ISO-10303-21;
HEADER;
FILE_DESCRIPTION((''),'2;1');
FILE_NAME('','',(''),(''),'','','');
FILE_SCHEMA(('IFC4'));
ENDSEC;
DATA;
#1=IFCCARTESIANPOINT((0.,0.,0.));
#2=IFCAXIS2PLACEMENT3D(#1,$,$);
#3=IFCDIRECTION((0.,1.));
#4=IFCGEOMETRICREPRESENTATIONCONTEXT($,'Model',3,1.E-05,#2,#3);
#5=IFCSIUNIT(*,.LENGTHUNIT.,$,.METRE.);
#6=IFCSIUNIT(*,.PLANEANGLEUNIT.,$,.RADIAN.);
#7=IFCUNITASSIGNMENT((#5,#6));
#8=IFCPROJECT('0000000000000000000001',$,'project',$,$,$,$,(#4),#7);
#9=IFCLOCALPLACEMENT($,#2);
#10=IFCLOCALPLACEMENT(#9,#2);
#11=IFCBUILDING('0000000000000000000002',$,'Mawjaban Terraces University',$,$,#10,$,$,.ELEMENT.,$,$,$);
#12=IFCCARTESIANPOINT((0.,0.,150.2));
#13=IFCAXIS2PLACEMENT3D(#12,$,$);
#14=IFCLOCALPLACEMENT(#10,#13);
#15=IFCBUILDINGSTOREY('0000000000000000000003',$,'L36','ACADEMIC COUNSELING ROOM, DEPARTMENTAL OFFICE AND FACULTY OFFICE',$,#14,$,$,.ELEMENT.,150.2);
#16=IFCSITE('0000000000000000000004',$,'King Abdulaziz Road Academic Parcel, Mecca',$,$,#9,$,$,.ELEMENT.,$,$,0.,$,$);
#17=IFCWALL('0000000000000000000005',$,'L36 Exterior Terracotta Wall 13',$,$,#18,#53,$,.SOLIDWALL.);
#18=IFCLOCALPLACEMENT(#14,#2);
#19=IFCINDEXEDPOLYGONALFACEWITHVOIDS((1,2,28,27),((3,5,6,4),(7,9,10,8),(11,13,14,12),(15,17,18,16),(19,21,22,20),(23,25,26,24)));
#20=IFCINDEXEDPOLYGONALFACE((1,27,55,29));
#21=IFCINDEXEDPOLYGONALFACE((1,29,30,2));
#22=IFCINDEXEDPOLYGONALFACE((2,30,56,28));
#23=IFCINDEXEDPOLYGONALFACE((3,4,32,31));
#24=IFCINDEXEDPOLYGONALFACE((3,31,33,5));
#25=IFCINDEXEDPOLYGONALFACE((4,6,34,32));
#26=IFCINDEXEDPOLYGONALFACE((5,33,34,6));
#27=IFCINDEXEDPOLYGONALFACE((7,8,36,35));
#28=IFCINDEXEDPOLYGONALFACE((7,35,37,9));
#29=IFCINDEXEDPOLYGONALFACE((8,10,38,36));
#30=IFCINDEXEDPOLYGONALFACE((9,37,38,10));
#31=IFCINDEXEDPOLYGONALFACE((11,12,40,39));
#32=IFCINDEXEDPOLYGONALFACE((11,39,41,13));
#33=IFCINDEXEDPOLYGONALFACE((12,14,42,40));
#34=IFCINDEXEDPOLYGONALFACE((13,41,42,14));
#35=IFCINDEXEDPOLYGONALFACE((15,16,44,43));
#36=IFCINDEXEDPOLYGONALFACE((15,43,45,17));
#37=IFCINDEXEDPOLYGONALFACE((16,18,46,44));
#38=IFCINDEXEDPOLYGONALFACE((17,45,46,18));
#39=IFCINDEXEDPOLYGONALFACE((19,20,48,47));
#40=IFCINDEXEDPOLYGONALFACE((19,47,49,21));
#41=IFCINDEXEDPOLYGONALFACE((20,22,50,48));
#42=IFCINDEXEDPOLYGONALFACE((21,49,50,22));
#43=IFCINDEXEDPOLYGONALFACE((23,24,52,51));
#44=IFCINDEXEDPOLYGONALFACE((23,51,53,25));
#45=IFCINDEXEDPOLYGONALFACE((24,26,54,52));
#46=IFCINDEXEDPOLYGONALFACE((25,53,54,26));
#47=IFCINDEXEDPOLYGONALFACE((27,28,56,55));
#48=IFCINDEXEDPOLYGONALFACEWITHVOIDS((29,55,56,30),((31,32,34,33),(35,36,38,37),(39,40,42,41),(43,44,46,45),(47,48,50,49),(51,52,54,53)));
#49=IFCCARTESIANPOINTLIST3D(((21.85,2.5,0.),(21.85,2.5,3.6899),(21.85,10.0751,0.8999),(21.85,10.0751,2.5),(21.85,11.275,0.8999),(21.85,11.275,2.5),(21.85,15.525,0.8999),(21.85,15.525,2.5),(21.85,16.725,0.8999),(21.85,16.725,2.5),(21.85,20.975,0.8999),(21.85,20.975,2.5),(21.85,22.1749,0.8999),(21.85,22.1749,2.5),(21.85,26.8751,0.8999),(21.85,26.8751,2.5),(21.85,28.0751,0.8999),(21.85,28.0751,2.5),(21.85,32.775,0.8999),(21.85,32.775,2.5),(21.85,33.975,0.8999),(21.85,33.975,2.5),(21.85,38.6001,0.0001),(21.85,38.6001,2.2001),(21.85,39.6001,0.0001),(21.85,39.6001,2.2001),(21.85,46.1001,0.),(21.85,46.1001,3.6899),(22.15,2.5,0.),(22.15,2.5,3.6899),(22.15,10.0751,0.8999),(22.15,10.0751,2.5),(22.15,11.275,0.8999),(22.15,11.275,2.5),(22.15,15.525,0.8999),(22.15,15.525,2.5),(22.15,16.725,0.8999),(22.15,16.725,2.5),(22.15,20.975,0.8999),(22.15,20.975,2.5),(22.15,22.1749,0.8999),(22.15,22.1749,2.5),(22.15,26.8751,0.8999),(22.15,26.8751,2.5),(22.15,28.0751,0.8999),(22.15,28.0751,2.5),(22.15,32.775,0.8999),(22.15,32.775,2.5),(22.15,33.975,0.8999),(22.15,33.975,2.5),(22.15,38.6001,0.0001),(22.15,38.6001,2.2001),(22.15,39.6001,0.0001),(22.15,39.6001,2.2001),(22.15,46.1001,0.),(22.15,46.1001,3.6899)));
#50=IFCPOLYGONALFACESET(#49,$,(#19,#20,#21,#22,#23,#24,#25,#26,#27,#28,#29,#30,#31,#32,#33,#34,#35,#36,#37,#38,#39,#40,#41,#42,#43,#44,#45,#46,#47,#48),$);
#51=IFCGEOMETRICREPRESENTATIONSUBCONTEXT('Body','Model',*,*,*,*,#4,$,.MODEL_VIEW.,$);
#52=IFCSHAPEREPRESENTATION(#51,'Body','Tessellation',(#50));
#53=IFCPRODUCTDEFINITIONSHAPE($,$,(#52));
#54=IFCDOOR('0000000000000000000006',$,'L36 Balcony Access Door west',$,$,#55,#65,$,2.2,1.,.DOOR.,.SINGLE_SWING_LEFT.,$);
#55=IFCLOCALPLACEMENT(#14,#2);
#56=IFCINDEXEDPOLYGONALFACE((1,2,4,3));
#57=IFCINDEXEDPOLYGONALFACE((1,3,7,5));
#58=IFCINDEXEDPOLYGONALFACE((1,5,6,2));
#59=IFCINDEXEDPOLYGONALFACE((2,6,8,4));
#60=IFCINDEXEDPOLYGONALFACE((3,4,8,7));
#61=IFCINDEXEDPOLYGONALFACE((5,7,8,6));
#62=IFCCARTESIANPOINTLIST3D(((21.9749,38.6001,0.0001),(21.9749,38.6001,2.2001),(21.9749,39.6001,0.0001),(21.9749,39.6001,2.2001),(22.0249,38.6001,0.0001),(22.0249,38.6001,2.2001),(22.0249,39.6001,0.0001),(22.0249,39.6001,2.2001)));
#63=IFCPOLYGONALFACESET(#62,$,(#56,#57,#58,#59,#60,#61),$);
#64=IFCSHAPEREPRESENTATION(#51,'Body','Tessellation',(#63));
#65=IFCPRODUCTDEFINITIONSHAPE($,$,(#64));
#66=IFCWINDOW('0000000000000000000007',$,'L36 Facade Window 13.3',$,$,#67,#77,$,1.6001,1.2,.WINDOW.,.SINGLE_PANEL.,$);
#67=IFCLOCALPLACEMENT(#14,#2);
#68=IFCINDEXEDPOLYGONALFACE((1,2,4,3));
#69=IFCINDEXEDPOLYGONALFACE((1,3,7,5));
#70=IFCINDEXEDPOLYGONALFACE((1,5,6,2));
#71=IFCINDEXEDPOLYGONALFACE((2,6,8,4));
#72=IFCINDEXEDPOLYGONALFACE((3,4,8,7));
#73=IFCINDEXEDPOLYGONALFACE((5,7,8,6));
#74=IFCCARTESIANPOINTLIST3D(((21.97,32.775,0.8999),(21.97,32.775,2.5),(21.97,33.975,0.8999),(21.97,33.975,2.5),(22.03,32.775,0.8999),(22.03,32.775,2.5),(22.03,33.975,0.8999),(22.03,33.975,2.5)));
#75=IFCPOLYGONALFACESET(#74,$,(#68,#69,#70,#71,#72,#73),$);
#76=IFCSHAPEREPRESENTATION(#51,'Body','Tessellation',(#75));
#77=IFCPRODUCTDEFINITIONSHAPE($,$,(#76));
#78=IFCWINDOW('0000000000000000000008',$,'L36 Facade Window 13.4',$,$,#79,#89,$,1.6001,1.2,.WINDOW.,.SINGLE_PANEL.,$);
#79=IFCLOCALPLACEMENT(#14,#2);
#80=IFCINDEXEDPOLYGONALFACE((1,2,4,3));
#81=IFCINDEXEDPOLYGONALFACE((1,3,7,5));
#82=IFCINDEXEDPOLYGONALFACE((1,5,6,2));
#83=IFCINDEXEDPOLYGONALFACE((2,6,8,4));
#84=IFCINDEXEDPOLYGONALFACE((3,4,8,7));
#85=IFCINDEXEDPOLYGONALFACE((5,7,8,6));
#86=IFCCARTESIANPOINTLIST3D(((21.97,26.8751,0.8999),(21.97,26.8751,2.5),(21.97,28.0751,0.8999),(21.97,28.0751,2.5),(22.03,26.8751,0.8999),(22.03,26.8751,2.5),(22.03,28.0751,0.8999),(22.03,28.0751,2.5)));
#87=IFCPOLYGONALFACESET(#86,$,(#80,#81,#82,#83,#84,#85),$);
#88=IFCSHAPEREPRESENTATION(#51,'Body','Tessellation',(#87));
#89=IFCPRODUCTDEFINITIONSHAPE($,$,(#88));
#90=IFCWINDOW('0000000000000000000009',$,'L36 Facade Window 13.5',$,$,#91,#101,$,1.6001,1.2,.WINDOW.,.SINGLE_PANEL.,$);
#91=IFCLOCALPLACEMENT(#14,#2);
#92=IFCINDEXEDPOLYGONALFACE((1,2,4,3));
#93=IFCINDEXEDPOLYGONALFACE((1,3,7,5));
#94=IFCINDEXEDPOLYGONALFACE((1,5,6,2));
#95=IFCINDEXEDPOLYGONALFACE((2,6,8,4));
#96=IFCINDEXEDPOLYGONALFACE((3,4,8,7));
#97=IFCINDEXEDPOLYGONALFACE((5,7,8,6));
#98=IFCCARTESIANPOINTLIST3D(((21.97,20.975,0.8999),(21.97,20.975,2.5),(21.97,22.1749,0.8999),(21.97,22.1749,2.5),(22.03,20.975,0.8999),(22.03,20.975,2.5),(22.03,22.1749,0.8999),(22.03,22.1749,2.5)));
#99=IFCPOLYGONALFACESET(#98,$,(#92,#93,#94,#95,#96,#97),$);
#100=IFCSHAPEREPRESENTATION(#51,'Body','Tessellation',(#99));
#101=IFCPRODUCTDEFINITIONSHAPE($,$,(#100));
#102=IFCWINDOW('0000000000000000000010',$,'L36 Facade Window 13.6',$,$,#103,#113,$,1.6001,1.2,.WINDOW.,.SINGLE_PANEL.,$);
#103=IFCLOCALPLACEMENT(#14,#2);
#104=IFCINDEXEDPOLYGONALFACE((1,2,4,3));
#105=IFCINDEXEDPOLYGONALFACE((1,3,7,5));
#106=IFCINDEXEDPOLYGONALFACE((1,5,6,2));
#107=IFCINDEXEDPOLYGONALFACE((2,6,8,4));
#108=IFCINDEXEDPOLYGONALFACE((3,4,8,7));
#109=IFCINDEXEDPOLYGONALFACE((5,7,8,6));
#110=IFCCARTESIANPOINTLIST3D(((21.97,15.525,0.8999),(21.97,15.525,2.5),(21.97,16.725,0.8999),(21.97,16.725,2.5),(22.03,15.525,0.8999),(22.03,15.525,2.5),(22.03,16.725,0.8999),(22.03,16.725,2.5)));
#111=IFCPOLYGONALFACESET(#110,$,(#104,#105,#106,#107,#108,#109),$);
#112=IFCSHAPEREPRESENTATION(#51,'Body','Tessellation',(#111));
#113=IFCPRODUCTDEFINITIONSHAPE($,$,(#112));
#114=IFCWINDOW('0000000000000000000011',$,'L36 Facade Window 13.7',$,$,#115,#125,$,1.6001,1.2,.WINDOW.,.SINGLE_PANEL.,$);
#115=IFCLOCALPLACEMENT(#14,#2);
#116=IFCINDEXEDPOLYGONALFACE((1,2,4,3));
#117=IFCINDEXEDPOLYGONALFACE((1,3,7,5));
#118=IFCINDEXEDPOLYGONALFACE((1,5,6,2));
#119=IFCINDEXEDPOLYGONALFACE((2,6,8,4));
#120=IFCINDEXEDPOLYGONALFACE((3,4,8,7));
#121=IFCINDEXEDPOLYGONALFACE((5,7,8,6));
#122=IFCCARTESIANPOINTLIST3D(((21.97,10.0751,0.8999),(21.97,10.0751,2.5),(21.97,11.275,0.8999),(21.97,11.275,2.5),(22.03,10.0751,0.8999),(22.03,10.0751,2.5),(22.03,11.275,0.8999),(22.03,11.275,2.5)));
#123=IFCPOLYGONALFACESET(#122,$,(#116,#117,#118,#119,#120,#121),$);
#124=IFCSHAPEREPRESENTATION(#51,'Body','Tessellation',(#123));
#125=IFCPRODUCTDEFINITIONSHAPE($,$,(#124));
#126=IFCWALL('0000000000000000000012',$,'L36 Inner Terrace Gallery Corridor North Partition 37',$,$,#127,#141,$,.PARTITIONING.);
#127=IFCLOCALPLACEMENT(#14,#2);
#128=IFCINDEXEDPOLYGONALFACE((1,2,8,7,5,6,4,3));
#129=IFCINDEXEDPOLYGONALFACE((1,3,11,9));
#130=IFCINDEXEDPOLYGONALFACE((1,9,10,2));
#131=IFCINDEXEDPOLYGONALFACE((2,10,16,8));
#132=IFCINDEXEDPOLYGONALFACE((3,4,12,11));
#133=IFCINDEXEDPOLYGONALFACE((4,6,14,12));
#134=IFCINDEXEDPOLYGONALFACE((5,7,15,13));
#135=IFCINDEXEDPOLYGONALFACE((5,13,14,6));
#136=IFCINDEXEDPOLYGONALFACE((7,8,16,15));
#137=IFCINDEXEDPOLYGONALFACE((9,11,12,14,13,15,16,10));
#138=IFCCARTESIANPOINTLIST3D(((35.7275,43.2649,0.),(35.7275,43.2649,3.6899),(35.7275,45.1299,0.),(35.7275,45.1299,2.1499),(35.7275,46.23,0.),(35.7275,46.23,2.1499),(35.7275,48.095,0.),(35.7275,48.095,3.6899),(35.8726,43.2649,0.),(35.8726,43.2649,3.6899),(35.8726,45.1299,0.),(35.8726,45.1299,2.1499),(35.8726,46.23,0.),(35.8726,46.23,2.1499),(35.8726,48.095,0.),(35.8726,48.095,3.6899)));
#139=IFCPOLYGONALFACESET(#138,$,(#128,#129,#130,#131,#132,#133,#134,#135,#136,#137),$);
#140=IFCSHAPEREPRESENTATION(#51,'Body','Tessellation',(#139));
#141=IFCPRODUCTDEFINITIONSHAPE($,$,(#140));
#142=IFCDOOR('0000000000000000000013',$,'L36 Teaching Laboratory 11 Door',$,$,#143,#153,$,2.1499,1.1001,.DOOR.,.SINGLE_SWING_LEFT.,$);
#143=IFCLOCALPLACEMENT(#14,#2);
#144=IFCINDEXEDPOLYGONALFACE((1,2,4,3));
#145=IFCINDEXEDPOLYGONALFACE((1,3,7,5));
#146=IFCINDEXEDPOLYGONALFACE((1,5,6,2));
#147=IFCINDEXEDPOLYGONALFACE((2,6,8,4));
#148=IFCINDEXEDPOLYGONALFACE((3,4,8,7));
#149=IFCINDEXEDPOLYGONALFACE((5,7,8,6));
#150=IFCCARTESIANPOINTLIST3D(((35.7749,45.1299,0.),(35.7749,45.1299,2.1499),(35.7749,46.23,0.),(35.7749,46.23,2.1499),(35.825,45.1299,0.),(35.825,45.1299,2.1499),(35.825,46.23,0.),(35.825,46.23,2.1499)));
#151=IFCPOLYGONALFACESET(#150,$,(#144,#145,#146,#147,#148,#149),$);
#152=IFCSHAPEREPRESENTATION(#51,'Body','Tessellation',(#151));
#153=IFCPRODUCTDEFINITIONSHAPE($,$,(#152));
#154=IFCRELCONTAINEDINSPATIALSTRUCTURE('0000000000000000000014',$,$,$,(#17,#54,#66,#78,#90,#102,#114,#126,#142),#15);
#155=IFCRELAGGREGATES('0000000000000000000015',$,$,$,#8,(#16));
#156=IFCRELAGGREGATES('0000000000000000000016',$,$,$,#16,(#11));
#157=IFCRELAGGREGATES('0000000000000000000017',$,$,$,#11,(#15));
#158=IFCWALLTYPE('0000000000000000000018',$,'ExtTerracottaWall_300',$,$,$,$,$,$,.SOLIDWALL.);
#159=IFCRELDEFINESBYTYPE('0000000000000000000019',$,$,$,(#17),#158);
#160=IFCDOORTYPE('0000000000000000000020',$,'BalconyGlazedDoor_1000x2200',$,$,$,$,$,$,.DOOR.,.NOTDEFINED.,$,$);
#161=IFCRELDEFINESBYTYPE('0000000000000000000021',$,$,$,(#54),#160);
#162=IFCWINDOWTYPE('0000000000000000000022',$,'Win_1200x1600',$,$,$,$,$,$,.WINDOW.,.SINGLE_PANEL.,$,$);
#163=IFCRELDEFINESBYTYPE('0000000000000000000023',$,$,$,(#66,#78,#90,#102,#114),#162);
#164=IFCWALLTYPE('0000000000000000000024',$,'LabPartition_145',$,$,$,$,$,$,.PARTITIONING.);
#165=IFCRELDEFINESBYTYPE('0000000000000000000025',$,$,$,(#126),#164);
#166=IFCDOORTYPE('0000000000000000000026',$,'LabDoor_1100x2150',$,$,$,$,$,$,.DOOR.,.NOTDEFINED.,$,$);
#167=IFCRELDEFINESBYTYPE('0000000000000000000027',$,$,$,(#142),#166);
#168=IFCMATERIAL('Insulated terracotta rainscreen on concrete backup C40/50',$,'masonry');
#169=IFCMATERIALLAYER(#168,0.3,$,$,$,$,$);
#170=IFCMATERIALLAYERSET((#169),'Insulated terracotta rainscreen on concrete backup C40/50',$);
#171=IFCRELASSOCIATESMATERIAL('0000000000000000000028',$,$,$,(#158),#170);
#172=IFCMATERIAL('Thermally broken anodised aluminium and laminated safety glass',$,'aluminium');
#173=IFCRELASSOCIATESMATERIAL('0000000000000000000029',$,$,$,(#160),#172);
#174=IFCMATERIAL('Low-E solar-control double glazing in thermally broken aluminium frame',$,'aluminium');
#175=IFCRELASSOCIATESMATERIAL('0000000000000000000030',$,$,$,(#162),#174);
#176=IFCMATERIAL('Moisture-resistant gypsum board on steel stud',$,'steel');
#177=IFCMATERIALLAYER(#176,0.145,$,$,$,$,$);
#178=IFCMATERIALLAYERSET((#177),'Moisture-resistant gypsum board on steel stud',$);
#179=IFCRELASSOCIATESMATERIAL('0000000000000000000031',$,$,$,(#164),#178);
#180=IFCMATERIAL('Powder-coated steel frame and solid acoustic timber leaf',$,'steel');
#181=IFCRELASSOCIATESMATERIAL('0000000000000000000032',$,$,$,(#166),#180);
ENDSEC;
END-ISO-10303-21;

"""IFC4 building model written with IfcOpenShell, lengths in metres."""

from ifc_helpers import new_model, si_unit, direction, frame, frame_2d, origin, place, context, subcontext, project, spatial, rectangle, extrude, material, layer, layer_set, type_object, element, fill, save


model = new_model("IFC4")

# Units and contexts
model_context = context("Model", 3, precision=1e-05, world=origin(), true_north=direction((0.0, 1.0)))
body_context = subcontext(model_context, "Body", "Model", "MODEL_VIEW")
ifc_project = project(units=[si_unit("LENGTHUNIT", "METRE"), si_unit("PLANEANGLEUNIT", "RADIAN")], contexts=[model_context])

# Site, building, storey
site_placement = place(None, origin())
site = spatial("IfcSite", under=ifc_project, at=site_placement, Name="King Abdulaziz Road Academic Parcel, Mecca", CompositionType="ELEMENT", RefElevation=0.0)
building_placement = place(site_placement, origin())
building = spatial("IfcBuilding", under=site, at=building_placement, Name="Mawjaban Terraces University", CompositionType="ELEMENT")
storey_placement = place(building_placement, frame((0.0, 0.0, 150.2)))
storey = spatial("IfcBuildingStorey", under=building, at=storey_placement, Name="L36", Description="ACADEMIC COUNSELING ROOM, DEPARTMENTAL OFFICE AND FACULTY OFFICE", CompositionType="ELEMENT", Elevation=150.2)

# Shared definitions
ifc_material_1 = material(Name="Powder-coated steel frame and solid acoustic timber leaf", Category="steel")

# Shared definitions
ifc_material_2 = material(Name="Insulated terracotta rainscreen on concrete backup C40/50", Category="masonry")
ifc_layer_1 = layer(ifc_material_2, 0.3)
ifc_layer_set_1 = layer_set([ifc_layer_1], Name="Insulated terracotta rainscreen on concrete backup C40/50")
wall_type_1 = type_object("IfcWallType", Name="ExtTerracottaWall_300", PredefinedType="SOLIDWALL", material=ifc_layer_set_1)
ifc_material_3 = material(Name="Low-E solar-control double glazing in thermally broken aluminium frame", Category="aluminium")

# Wall, openings, door, windows
wall_1_placement = place(storey_placement, frame((22.0, 46.1001, 0.0), z_axis=(0.0, 0.0, 1.0), x_axis=(0.0, -1.0, 0.0)))
wall_1 = element("IfcWall", 1, at=wall_1_placement, inside=storey, type_object=wall_type_1, Name="L36 Exterior Terracotta Wall 13", PredefinedType="SOLIDWALL", context=body_context, shape_type="SweptSolid", body=[
    extrude(rectangle(XDim=43.6001, YDim=0.3, at=frame_2d((21.8, 0.0))), origin(), (0.0, 0.0, 1.0), 3.6899),
])
opening_1_placement = place(wall_1_placement, frame((6.5, 0.0, 0.0)))
opening_1 = element("IfcOpeningElement", 2, at=opening_1_placement, cuts=wall_1, PredefinedType="OPENING", context=body_context, shape_type="SweptSolid", body=[
    extrude(rectangle(XDim=1.0, YDim=2.2, at=frame_2d((0.5, 1.1001))), frame((0.0, 0.1599, 0.0), z_axis=(0.0, -1.0, 0.0), x_axis=(1.0, 0.0, 0.0)), (0.0, 0.0, 1.0), 0.3201),
])
opening_2_placement = place(wall_1_placement, frame((12.125, 0.0, 0.8999)))
opening_2 = element("IfcOpeningElement", 3, at=opening_2_placement, cuts=wall_1, PredefinedType="OPENING", context=body_context, shape_type="SweptSolid", body=[
    extrude(rectangle(XDim=1.2, YDim=1.6001, at=frame_2d((0.6001, 0.8))), frame((0.0, 0.1599, 0.0), z_axis=(0.0, -1.0, 0.0), x_axis=(1.0, 0.0, 0.0)), (0.0, 0.0, 1.0), 0.3201),
])
opening_3_placement = place(wall_1_placement, frame((18.0249, 0.0, 0.8999)))
opening_3 = element("IfcOpeningElement", 4, at=opening_3_placement, cuts=wall_1, PredefinedType="OPENING", context=body_context, shape_type="SweptSolid", body=[
    extrude(rectangle(XDim=1.2, YDim=1.6001, at=frame_2d((0.6001, 0.8))), frame((0.0, 0.1599, 0.0), z_axis=(0.0, -1.0, 0.0), x_axis=(1.0, 0.0, 0.0)), (0.0, 0.0, 1.0), 0.3201),
])
opening_4_placement = place(wall_1_placement, frame((23.925, 0.0, 0.8999)))
opening_4 = element("IfcOpeningElement", 5, at=opening_4_placement, cuts=wall_1, PredefinedType="OPENING", context=body_context, shape_type="SweptSolid", body=[
    extrude(rectangle(XDim=1.2, YDim=1.6001, at=frame_2d((0.6001, 0.8))), frame((0.0, 0.1599, 0.0), z_axis=(0.0, -1.0, 0.0), x_axis=(1.0, 0.0, 0.0)), (0.0, 0.0, 1.0), 0.3201),
])
opening_5_placement = place(wall_1_placement, frame((29.375, 0.0, 0.8999)))
opening_5 = element("IfcOpeningElement", 6, at=opening_5_placement, cuts=wall_1, PredefinedType="OPENING", context=body_context, shape_type="SweptSolid", body=[
    extrude(rectangle(XDim=1.2, YDim=1.6001, at=frame_2d((0.6001, 0.8))), frame((0.0, 0.1599, 0.0), z_axis=(0.0, -1.0, 0.0), x_axis=(1.0, 0.0, 0.0)), (0.0, 0.0, 1.0), 0.3201),
])
opening_6_placement = place(wall_1_placement, frame((34.825, 0.0, 0.8999)))
opening_6 = element("IfcOpeningElement", 7, at=opening_6_placement, cuts=wall_1, PredefinedType="OPENING", context=body_context, shape_type="SweptSolid", body=[
    extrude(rectangle(XDim=1.2, YDim=1.6001, at=frame_2d((0.6001, 0.8))), frame((0.0, 0.1599, 0.0), z_axis=(0.0, -1.0, 0.0), x_axis=(1.0, 0.0, 0.0)), (0.0, 0.0, 1.0), 0.3201),
])
ifc_material_4 = material(Name="Thermally broken anodised aluminium and laminated safety glass", Category="aluminium")
door_type_1 = type_object("IfcDoorType", Name="BalconyGlazedDoor_1000x2200", OperationType="NOTDEFINED", PredefinedType="DOOR", material=ifc_material_4)
door_1_placement = place(opening_1_placement, origin())
door_1 = element("IfcDoor", 8, at=door_1_placement, inside=storey, type_object=door_type_1, Name="L36 Balcony Access Door west", OperationType="SINGLE_SWING_LEFT", OverallHeight=2.2, OverallWidth=1.0, PredefinedType="DOOR", context=body_context, shape_type="SweptSolid", body=[
    extrude(rectangle(XDim=1.0, YDim=2.2, at=frame_2d((0.5, 1.1001))), frame((0.0, 0.0249, 0.0), z_axis=(0.0, -1.0, 0.0), x_axis=(1.0, 0.0, 0.0)), (0.0, 0.0, 1.0), 0.05),
])
fill(opening_1, door_1)
window_type_1 = type_object("IfcWindowType", Name="Win_1200x1600", PartitioningType="SINGLE_PANEL", PredefinedType="WINDOW", material=ifc_material_3)
window_1_placement = place(opening_2_placement, origin())
window_1 = element("IfcWindow", 9, at=window_1_placement, inside=storey, type_object=window_type_1, Name="L36 Facade Window 13.3", OverallHeight=1.6001, OverallWidth=1.2, PartitioningType="SINGLE_PANEL", PredefinedType="WINDOW", context=body_context, shape_type="SweptSolid", body=[
    extrude(rectangle(XDim=1.2, YDim=1.6001, at=frame_2d((0.6001, 0.8))), frame((0.0, 0.03, 0.0), z_axis=(0.0, -1.0, 0.0), x_axis=(1.0, 0.0, 0.0)), (0.0, 0.0, 1.0), 0.0601),
])
fill(opening_2, window_1)
window_2_placement = place(opening_3_placement, origin())
window_2 = element("IfcWindow", 10, at=window_2_placement, inside=storey, type_object=window_type_1, Name="L36 Facade Window 13.4", OverallHeight=1.6001, OverallWidth=1.2, PartitioningType="SINGLE_PANEL", PredefinedType="WINDOW", context=body_context, shape_type="SweptSolid", body=[
    extrude(rectangle(XDim=1.2, YDim=1.6001, at=frame_2d((0.6001, 0.8))), frame((0.0, 0.03, 0.0), z_axis=(0.0, -1.0, 0.0), x_axis=(1.0, 0.0, 0.0)), (0.0, 0.0, 1.0), 0.0601),
])
fill(opening_3, window_2)
window_3_placement = place(opening_4_placement, origin())
window_3 = element("IfcWindow", 11, at=window_3_placement, inside=storey, type_object=window_type_1, Name="L36 Facade Window 13.5", OverallHeight=1.6001, OverallWidth=1.2, PartitioningType="SINGLE_PANEL", PredefinedType="WINDOW", context=body_context, shape_type="SweptSolid", body=[
    extrude(rectangle(XDim=1.2, YDim=1.6001, at=frame_2d((0.6001, 0.8))), frame((0.0, 0.03, 0.0), z_axis=(0.0, -1.0, 0.0), x_axis=(1.0, 0.0, 0.0)), (0.0, 0.0, 1.0), 0.0601),
])
fill(opening_4, window_3)
window_4_placement = place(opening_5_placement, origin())
window_4 = element("IfcWindow", 12, at=window_4_placement, inside=storey, type_object=window_type_1, Name="L36 Facade Window 13.6", OverallHeight=1.6001, OverallWidth=1.2, PartitioningType="SINGLE_PANEL", PredefinedType="WINDOW", context=body_context, shape_type="SweptSolid", body=[
    extrude(rectangle(XDim=1.2, YDim=1.6001, at=frame_2d((0.6001, 0.8))), frame((0.0, 0.03, 0.0), z_axis=(0.0, -1.0, 0.0), x_axis=(1.0, 0.0, 0.0)), (0.0, 0.0, 1.0), 0.0601),
])
fill(opening_5, window_4)
window_5_placement = place(opening_6_placement, origin())
window_5 = element("IfcWindow", 13, at=window_5_placement, inside=storey, type_object=window_type_1, Name="L36 Facade Window 13.7", OverallHeight=1.6001, OverallWidth=1.2, PartitioningType="SINGLE_PANEL", PredefinedType="WINDOW", context=body_context, shape_type="SweptSolid", body=[
    extrude(rectangle(XDim=1.2, YDim=1.6001, at=frame_2d((0.6001, 0.8))), frame((0.0, 0.03, 0.0), z_axis=(0.0, -1.0, 0.0), x_axis=(1.0, 0.0, 0.0)), (0.0, 0.0, 1.0), 0.0601),
])
fill(opening_6, window_5)

# Wall, opening, door
ifc_material_5 = material(Name="Moisture-resistant gypsum board on steel stud", Category="steel")
ifc_layer_2 = layer(ifc_material_5, 0.145)
ifc_layer_set_2 = layer_set([ifc_layer_2], Name="Moisture-resistant gypsum board on steel stud")
wall_type_2 = type_object("IfcWallType", Name="LabPartition_145", PredefinedType="PARTITIONING", material=ifc_layer_set_2)
wall_2_placement = place(storey_placement, frame((35.8, 48.095, 0.0), z_axis=(0.0, 0.0, 1.0), x_axis=(0.0, -1.0, 0.0)))
wall_2 = element("IfcWall", 14, at=wall_2_placement, inside=storey, type_object=wall_type_2, Name="L36 Inner Terrace Gallery Corridor North Partition 37", PredefinedType="PARTITIONING", context=body_context, shape_type="SweptSolid", body=[
    extrude(rectangle(XDim=4.8301, YDim=0.145, at=frame_2d((2.415, 0.0))), origin(), (0.0, 0.0, 1.0), 3.6899),
])
opening_7_placement = place(wall_2_placement, frame((1.865, 0.0, 0.0)))
opening_7 = element("IfcOpeningElement", 15, at=opening_7_placement, cuts=wall_2, PredefinedType="OPENING", context=body_context, shape_type="SweptSolid", body=[
    extrude(rectangle(XDim=1.1001, YDim=2.1499, at=frame_2d((0.55, 1.075))), frame((0.0, 0.0825, 0.0), z_axis=(0.0, -1.0, 0.0), x_axis=(1.0, 0.0, 0.0)), (0.0, 0.0, 1.0), 0.165),
])
door_type_2 = type_object("IfcDoorType", Name="LabDoor_1100x2150", OperationType="NOTDEFINED", PredefinedType="DOOR", material=ifc_material_1)
door_2_placement = place(opening_7_placement, origin())
door_2 = element("IfcDoor", 16, at=door_2_placement, inside=storey, type_object=door_type_2, Name="L36 Teaching Laboratory 11 Door", OperationType="SINGLE_SWING_LEFT", OverallHeight=2.1499, OverallWidth=1.1001, PredefinedType="DOOR", context=body_context, shape_type="SweptSolid", body=[
    extrude(rectangle(XDim=1.1001, YDim=2.1499, at=frame_2d((0.55, 1.075))), frame((0.0, 0.0249, 0.0), z_axis=(0.0, -1.0, 0.0), x_axis=(1.0, 0.0, 0.0)), (0.0, 0.0, 1.0), 0.05),
])
fill(opening_7, door_2)

save(model, "model.ifc")
